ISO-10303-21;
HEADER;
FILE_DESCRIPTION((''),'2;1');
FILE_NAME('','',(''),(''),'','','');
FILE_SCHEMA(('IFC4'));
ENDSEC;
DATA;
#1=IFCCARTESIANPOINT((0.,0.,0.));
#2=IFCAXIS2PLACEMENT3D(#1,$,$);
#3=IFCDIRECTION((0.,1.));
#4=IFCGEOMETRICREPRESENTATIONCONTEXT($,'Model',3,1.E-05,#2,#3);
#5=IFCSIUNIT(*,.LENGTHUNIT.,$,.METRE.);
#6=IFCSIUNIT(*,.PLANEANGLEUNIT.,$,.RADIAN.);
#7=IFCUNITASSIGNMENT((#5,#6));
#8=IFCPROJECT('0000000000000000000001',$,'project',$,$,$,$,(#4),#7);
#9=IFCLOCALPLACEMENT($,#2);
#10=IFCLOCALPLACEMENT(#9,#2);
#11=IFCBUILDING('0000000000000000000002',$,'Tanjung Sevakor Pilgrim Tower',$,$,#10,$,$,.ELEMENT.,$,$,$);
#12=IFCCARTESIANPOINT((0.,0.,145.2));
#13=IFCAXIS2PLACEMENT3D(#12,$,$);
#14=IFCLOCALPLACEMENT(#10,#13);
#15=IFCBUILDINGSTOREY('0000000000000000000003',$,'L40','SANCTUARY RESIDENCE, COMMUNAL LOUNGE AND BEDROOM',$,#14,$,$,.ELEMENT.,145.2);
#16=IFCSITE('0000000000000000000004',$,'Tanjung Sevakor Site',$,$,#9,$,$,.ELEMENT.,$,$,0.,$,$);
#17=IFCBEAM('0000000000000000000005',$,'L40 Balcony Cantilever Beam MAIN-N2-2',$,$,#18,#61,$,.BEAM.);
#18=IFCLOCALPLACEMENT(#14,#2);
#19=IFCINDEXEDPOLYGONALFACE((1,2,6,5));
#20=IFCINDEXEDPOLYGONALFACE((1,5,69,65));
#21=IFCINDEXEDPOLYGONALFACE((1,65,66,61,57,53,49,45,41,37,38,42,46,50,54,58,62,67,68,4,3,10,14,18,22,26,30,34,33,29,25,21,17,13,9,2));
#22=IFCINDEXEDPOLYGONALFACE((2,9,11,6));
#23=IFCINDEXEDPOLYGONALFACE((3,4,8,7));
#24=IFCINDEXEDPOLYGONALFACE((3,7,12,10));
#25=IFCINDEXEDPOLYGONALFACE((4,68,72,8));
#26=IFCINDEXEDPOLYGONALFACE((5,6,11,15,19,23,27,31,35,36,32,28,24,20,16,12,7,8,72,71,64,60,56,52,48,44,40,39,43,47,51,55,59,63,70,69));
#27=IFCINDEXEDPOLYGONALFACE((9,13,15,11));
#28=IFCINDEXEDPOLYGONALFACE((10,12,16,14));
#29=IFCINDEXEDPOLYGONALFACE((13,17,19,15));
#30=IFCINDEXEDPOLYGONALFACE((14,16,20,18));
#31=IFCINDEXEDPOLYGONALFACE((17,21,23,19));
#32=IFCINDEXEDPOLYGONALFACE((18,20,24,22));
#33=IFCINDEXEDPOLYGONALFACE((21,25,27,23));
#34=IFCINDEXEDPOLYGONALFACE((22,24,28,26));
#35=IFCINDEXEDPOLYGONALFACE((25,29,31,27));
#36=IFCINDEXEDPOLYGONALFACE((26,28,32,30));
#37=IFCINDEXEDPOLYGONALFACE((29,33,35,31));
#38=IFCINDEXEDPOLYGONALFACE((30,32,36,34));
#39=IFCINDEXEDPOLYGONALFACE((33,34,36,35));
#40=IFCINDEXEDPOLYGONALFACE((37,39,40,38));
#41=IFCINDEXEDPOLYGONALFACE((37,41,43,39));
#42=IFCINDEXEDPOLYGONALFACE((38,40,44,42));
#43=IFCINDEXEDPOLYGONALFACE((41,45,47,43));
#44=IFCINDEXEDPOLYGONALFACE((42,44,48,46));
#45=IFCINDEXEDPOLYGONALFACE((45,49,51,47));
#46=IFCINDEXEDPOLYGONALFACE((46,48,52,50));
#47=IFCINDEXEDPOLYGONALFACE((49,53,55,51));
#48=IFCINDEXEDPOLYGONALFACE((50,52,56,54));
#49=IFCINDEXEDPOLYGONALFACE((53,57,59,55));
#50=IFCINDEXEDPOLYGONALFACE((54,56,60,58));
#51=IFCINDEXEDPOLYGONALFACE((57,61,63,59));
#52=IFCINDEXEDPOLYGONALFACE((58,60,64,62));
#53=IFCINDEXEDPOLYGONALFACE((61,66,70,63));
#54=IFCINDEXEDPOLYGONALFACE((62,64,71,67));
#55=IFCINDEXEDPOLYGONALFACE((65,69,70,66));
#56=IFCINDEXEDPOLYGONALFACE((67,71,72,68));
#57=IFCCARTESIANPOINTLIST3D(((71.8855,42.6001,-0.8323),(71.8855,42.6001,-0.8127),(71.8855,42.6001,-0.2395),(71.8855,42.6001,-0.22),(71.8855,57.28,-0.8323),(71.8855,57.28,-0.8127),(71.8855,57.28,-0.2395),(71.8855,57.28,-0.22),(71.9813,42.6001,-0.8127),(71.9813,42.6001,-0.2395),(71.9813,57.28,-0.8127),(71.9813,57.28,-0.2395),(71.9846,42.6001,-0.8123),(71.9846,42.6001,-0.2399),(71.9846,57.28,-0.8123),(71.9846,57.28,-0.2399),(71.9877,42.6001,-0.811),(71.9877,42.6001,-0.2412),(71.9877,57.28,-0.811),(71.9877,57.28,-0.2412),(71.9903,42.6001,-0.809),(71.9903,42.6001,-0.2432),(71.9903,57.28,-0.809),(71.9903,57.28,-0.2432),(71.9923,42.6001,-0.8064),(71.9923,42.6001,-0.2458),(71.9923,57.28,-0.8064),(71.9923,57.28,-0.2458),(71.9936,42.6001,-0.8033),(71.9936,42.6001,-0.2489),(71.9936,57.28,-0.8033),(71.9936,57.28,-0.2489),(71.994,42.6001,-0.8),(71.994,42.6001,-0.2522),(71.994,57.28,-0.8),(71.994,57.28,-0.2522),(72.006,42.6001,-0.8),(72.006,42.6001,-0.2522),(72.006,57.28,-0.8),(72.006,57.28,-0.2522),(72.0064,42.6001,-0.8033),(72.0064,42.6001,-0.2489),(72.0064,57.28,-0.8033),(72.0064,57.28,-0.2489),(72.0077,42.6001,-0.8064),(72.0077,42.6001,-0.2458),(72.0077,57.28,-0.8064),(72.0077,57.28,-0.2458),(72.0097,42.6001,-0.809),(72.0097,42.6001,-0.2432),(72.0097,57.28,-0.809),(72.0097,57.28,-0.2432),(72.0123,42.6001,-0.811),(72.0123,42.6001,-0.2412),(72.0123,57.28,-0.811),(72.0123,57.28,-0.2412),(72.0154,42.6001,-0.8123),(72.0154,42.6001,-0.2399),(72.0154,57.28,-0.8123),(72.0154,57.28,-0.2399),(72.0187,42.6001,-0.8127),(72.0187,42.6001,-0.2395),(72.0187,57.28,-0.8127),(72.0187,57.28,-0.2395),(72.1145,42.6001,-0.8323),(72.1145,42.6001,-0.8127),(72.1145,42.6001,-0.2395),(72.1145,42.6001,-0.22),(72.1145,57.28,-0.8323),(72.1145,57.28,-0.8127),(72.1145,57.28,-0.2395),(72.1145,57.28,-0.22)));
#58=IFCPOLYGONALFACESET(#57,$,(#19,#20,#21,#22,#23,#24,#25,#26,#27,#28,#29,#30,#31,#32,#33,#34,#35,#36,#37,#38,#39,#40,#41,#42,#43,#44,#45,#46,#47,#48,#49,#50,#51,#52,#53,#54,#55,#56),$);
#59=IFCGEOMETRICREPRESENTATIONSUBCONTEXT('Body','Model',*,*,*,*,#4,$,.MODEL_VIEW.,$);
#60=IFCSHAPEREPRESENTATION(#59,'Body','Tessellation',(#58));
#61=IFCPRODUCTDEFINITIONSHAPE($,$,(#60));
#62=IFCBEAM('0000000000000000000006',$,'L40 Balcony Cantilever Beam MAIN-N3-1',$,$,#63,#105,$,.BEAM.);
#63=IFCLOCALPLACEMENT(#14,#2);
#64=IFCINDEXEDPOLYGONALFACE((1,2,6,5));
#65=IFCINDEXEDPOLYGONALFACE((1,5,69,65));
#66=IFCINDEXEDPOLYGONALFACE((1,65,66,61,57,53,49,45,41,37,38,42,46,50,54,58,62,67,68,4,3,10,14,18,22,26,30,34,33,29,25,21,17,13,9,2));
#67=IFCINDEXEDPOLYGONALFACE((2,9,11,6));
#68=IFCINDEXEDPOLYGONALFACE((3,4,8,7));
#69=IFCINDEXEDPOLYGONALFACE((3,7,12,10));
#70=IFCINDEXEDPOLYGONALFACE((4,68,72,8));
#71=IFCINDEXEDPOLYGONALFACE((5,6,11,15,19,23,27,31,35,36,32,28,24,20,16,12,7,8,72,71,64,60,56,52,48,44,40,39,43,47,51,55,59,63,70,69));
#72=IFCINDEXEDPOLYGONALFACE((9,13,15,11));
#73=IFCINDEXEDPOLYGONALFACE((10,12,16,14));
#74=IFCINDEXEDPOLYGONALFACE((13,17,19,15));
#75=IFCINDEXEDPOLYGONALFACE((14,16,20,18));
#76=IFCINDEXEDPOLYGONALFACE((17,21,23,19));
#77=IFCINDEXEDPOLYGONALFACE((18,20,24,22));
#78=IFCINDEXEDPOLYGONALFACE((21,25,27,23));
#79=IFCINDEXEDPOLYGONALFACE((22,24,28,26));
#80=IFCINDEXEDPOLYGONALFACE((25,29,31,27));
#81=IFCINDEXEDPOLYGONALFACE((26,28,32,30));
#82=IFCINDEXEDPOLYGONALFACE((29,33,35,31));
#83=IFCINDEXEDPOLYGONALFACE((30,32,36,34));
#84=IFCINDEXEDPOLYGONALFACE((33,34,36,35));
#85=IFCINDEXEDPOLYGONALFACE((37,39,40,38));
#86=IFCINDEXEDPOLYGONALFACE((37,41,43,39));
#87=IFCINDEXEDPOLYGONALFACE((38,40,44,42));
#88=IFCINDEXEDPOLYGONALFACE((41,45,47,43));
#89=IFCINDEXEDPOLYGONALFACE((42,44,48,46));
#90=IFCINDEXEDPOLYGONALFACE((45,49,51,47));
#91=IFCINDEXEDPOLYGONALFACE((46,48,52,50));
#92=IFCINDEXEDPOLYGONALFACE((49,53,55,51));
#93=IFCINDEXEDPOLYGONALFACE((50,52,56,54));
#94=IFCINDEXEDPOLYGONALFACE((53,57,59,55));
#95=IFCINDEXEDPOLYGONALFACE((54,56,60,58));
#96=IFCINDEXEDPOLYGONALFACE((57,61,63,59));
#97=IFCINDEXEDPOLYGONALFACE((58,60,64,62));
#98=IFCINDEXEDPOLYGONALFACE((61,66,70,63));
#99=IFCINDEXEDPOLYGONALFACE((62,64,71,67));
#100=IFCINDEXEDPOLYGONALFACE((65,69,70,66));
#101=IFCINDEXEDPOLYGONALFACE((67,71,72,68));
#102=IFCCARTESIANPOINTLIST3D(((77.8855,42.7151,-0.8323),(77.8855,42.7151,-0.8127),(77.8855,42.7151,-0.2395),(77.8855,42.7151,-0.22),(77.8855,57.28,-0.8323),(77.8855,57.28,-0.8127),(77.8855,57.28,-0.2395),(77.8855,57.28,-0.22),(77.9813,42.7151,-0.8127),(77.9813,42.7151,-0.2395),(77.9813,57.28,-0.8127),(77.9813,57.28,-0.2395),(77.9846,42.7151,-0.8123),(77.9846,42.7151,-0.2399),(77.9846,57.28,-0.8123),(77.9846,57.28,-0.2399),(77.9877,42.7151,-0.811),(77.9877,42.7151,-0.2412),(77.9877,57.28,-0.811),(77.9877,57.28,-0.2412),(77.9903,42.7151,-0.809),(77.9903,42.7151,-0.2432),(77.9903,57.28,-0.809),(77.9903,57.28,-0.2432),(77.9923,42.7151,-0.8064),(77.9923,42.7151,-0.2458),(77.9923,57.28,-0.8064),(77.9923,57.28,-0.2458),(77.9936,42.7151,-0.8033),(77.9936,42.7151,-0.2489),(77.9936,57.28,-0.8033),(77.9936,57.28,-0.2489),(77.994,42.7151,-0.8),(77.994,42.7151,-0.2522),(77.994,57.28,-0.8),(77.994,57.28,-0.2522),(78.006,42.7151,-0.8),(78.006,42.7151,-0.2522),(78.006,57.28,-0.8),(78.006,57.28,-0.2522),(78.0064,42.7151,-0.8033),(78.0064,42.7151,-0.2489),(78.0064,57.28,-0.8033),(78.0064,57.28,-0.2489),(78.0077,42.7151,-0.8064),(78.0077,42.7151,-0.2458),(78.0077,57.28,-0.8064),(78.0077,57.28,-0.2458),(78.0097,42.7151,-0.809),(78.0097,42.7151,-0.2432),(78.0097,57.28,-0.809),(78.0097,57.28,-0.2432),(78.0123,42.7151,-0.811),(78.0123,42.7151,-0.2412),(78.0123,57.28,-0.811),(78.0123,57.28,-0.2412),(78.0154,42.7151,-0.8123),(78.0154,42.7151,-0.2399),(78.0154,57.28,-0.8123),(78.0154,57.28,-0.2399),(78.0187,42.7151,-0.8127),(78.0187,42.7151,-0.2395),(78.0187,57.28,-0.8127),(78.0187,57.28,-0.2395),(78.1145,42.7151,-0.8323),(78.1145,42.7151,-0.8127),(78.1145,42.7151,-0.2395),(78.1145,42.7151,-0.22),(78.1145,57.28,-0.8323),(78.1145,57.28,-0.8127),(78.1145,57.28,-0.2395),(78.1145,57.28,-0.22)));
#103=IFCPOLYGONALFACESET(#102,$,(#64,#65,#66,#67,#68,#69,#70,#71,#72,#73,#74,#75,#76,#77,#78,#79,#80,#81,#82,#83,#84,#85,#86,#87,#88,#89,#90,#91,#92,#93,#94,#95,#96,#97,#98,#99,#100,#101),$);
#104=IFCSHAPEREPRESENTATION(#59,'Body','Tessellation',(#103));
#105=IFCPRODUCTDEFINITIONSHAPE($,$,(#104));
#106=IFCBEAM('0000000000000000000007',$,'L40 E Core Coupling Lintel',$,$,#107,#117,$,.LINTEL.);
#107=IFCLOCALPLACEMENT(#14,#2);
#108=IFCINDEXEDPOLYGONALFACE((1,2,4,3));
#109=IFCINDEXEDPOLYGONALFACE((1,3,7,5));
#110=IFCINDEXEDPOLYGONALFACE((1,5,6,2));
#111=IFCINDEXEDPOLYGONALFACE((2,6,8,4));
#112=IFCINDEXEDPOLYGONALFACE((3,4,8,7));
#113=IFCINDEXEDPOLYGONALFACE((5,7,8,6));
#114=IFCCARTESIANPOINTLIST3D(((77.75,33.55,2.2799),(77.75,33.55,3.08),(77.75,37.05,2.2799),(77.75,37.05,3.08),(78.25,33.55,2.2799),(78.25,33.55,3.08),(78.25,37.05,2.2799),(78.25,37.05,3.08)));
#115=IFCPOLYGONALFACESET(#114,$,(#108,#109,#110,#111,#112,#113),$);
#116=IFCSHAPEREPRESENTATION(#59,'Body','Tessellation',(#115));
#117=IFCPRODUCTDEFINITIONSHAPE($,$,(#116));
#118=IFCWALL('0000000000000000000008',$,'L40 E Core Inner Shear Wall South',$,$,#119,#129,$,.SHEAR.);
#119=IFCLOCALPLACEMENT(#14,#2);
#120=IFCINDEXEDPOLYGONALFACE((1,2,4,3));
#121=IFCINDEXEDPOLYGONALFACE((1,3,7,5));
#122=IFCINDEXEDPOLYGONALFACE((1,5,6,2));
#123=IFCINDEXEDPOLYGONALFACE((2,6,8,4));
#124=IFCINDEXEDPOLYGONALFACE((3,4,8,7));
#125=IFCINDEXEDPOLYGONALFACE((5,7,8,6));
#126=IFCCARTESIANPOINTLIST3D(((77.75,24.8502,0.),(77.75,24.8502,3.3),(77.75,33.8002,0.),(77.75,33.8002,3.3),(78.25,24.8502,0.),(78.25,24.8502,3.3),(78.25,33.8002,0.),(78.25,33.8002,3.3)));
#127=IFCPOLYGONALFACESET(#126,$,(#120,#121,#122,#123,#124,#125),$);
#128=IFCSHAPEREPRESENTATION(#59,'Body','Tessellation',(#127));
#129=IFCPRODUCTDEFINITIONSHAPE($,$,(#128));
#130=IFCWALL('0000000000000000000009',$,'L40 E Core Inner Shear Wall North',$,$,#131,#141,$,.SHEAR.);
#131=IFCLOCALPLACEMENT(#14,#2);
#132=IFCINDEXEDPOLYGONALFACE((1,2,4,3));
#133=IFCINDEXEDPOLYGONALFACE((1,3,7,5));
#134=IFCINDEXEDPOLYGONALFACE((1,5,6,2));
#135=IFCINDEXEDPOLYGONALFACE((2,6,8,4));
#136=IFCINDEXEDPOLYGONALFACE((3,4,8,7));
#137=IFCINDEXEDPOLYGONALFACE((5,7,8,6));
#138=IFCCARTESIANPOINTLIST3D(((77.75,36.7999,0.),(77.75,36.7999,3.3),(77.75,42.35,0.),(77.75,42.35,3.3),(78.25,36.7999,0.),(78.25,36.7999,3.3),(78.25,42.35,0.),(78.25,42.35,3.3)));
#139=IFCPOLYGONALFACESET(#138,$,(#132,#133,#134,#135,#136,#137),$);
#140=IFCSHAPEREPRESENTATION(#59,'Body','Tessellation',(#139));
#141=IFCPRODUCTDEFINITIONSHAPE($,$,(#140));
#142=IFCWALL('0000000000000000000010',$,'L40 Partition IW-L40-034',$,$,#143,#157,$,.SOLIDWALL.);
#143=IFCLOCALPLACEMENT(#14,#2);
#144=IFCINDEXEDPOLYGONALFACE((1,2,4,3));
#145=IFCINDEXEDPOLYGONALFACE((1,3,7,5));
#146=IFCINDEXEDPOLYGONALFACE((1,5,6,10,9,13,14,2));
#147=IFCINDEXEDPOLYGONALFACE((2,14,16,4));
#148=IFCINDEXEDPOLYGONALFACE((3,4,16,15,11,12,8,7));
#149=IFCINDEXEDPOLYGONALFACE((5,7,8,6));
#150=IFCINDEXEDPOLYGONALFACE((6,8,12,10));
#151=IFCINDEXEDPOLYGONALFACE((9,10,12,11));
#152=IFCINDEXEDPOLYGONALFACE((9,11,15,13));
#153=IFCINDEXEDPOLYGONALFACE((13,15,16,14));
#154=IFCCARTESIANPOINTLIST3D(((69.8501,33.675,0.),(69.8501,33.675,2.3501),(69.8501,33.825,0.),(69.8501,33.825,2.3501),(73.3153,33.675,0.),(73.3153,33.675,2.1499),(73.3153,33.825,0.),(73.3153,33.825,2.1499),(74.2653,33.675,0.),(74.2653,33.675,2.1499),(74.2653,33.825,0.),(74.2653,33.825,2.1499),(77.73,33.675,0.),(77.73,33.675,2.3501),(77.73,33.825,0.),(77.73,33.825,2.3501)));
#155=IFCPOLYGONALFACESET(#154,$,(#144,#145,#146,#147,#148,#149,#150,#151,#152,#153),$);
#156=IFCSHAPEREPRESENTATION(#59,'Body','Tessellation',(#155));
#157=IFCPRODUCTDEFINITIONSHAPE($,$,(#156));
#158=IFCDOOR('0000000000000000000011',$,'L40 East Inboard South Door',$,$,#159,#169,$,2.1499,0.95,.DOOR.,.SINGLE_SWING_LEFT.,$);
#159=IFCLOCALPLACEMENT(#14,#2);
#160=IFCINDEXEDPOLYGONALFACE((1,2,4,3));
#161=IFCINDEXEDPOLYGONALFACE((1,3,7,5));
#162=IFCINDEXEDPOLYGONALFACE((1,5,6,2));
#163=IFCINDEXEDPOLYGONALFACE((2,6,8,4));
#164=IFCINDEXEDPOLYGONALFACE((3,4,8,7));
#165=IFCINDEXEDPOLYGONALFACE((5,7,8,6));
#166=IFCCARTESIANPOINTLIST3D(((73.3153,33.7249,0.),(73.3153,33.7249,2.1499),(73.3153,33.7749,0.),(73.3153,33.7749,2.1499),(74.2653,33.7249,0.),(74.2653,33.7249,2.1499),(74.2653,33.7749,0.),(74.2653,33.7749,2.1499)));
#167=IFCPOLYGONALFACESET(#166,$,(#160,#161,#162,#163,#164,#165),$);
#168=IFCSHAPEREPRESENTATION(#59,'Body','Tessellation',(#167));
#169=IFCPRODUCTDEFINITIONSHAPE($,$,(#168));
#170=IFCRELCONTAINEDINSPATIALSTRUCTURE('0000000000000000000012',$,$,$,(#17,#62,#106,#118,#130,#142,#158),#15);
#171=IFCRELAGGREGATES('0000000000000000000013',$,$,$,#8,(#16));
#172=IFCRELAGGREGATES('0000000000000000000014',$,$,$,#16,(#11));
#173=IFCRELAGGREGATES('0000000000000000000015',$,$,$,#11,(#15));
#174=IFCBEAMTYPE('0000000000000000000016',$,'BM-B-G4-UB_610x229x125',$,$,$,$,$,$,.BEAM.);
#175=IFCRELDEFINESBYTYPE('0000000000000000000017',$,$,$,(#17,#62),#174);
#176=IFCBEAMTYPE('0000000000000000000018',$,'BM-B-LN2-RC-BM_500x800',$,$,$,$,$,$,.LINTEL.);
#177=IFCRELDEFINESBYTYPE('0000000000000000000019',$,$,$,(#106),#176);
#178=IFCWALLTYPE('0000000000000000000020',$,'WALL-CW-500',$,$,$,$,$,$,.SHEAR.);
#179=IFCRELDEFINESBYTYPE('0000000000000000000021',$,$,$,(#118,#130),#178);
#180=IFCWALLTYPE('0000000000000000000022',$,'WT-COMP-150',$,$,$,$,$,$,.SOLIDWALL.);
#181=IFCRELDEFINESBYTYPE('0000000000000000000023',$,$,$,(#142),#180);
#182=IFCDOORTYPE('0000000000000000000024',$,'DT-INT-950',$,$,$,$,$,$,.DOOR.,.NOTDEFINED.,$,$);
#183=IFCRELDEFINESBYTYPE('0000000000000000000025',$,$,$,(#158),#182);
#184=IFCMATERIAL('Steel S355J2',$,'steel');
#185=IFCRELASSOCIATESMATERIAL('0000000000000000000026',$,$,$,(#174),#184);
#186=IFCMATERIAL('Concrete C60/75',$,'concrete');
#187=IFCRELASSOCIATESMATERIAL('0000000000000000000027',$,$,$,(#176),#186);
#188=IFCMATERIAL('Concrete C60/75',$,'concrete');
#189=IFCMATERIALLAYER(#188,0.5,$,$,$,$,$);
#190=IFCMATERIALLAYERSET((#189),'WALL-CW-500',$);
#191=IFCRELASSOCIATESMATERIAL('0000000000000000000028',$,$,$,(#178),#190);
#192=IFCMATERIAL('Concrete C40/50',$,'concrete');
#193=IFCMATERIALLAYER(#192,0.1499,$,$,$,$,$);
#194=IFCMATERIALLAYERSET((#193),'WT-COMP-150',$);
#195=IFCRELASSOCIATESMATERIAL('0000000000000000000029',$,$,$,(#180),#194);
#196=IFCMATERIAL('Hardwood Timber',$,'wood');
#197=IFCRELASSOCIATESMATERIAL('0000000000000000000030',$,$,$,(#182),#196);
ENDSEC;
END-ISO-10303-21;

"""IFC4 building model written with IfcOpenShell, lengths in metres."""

from ifc_helpers import new_model, si_unit, direction, frame, frame_2d, origin, origin_2d, place, context, subcontext, project, spatial, rectangle, i_section, extrude, material, layer, layer_set, material_profile, profile_set, type_object, element, fill, save


model = new_model("IFC4")

# Units and contexts
model_context = context("Model", 3, precision=1e-05, world=origin(), true_north=direction((0.0, 1.0)))
body_context = subcontext(model_context, "Body", "Model", "MODEL_VIEW")
ifc_project = project(units=[si_unit("LENGTHUNIT", "METRE"), si_unit("PLANEANGLEUNIT", "RADIAN")], contexts=[model_context])

# Site, building, storey
site_placement = place(None, origin())
site = spatial("IfcSite", under=ifc_project, at=site_placement, Name="Tanjung Sevakor Site", CompositionType="ELEMENT", RefElevation=0.0)
building_placement = place(site_placement, origin())
building = spatial("IfcBuilding", under=site, at=building_placement, Name="Tanjung Sevakor Pilgrim Tower", CompositionType="ELEMENT")
storey_placement = place(building_placement, frame((0.0, 0.0, 145.2)))
storey = spatial("IfcBuildingStorey", under=building, at=storey_placement, Name="L40", Description="SANCTUARY RESIDENCE, COMMUNAL LOUNGE AND BEDROOM", CompositionType="ELEMENT", Elevation=145.2)

# Beams
ifc_material_1 = material(Name="Steel S355J2", Category="steel")
ifc_material_profile_1 = material_profile(ifc_material_1, i_section(OverallWidth=0.229, OverallDepth=0.6123, WebThickness=0.012, FlangeThickness=0.0195, FilletRadius=0.0127, at=origin_2d()))
ifc_profile_set_1 = profile_set([ifc_material_profile_1], Name="Steel S355J2")
beam_type_1 = type_object("IfcBeamType", Name="BM-B-G4-UB_610x229x125", PredefinedType="BEAM", material=ifc_profile_set_1)
for number, where, z_axis, x_axis, name in (
    (1, (72.0, 42.6001, -0.5261), (0.0, 1.0, 0.0), (-1.0, 0.0, 0.0), "L40 Balcony Cantilever Beam MAIN-N2-2"),
):
    element("IfcBeam", number, at=place(storey_placement, frame(where, z_axis=z_axis, x_axis=x_axis)), inside=storey, type_object=beam_type_1, Name=name, PredefinedType="BEAM", context=body_context, shape_type="SweptSolid", body=[
        extrude(i_section(OverallWidth=0.229, OverallDepth=0.6123, WebThickness=0.012, FlangeThickness=0.0195, FilletRadius=0.0127, at=origin_2d()), origin(), (0.0, 0.0, 1.0), 14.6799),
    ])
beam_1_placement = place(storey_placement, frame((78.0, 42.7151, -0.5261), z_axis=(0.0, 1.0, 0.0), x_axis=(-1.0, 0.0, 0.0)))
element("IfcBeam", 2, at=beam_1_placement, inside=storey, type_object=beam_type_1, Name="L40 Balcony Cantilever Beam MAIN-N3-1", PredefinedType="BEAM", context=body_context, shape_type="SweptSolid", body=[
    extrude(i_section(OverallWidth=0.229, OverallDepth=0.6123, WebThickness=0.012, FlangeThickness=0.0195, FilletRadius=0.0127, at=origin_2d()), origin(), (0.0, 0.0, 1.0), 14.5649),
])
ifc_material_2 = material(Name="Concrete C60/75", Category="concrete")
ifc_material_profile_2 = material_profile(ifc_material_2, rectangle(XDim=0.5, YDim=0.8, at=origin_2d()))
ifc_profile_set_2 = profile_set([ifc_material_profile_2], Name="Concrete C60/75")
beam_type_2 = type_object("IfcBeamType", Name="BM-B-LN2-RC-BM_500x800", PredefinedType="LINTEL", material=ifc_profile_set_2)
beam_2_placement = place(storey_placement, frame((78.0, 33.55, 2.6799), z_axis=(0.0, 1.0, 0.0), x_axis=(-1.0, 0.0, 0.0)))
element("IfcBeam", 3, at=beam_2_placement, inside=storey, type_object=beam_type_2, Name="L40 E Core Coupling Lintel", PredefinedType="LINTEL", context=body_context, shape_type="SweptSolid", body=[
    extrude(rectangle(XDim=0.5, YDim=0.8, at=origin_2d()), origin(), (0.0, 0.0, 1.0), 3.5),
])

# Walls
ifc_material_3 = material(Name="Concrete C60/75", Category="concrete")
ifc_layer_1 = layer(ifc_material_3, 0.5)
ifc_layer_set_1 = layer_set([ifc_layer_1], Name="WALL-CW-500")
wall_type_1 = type_object("IfcWallType", Name="WALL-CW-500", PredefinedType="SHEAR", material=ifc_layer_set_1)
wall_1_placement = place(storey_placement, frame((78.0, 24.8501, 0.0), z_axis=(0.0, 0.0, 1.0), x_axis=(0.0, 1.0, 0.0)))
element("IfcWall", 4, at=wall_1_placement, inside=storey, type_object=wall_type_1, Name="L40 E Core Inner Shear Wall South", PredefinedType="SHEAR", context=body_context, shape_type="SweptSolid", body=[
    extrude(rectangle(XDim=8.95, YDim=0.5, at=frame_2d((4.4751, 0.0))), origin(), (0.0, 0.0, 1.0), 3.3),
])
wall_2_placement = place(storey_placement, frame((78.0, 36.8, 0.0), z_axis=(0.0, 0.0, 1.0), x_axis=(0.0, 1.0, 0.0)))
element("IfcWall", 5, at=wall_2_placement, inside=storey, type_object=wall_type_1, Name="L40 E Core Inner Shear Wall North", PredefinedType="SHEAR", context=body_context, shape_type="SweptSolid", body=[
    extrude(rectangle(XDim=5.55, YDim=0.5, at=frame_2d((2.7749, 0.0))), origin(), (0.0, 0.0, 1.0), 3.3),
])

# Wall, opening, door
ifc_material_4 = material(Name="Concrete C40/50", Category="concrete")
ifc_layer_2 = layer(ifc_material_4, 0.1499)
ifc_layer_set_2 = layer_set([ifc_layer_2], Name="WT-COMP-150")
wall_type_2 = type_object("IfcWallType", Name="WT-COMP-150", PredefinedType="SOLIDWALL", material=ifc_layer_set_2)
wall_3_placement = place(storey_placement, frame((69.8501, 33.75, 0.0), z_axis=(0.0, 0.0, 1.0), x_axis=(1.0, 0.0, 0.0)))
wall_3 = element("IfcWall", 6, at=wall_3_placement, inside=storey, type_object=wall_type_2, Name="L40 Partition IW-L40-034", PredefinedType="SOLIDWALL", context=body_context, shape_type="SweptSolid", body=[
    extrude(rectangle(XDim=7.8799, YDim=0.1499, at=frame_2d((3.9399, 0.0))), origin(), (0.0, 0.0, 1.0), 2.3501),
])
opening_1_placement = place(wall_3_placement, frame((3.4651, 0.0, 0.0)))
opening_1 = element("IfcOpeningElement", 7, at=opening_1_placement, cuts=wall_3, PredefinedType="OPENING", context=body_context, shape_type="SweptSolid", body=[
    extrude(rectangle(XDim=0.95, YDim=2.1499, at=frame_2d((0.4751, 1.075))), frame((0.0, 0.085, 0.0), z_axis=(0.0, -1.0, 0.0), x_axis=(1.0, 0.0, 0.0)), (0.0, 0.0, 1.0), 0.1699),
])
ifc_material_5 = material(Name="Hardwood Timber", Category="wood")
door_type_1 = type_object("IfcDoorType", Name="DT-INT-950", OperationType="NOTDEFINED", PredefinedType="DOOR", material=ifc_material_5)
door_1_placement = place(opening_1_placement, origin())
door_1 = element("IfcDoor", 8, at=door_1_placement, inside=storey, type_object=door_type_1, Name="L40 East Inboard South Door", OperationType="SINGLE_SWING_LEFT", OverallHeight=2.1499, OverallWidth=0.95, PredefinedType="DOOR", context=body_context, shape_type="SweptSolid", body=[
    extrude(rectangle(XDim=0.95, YDim=2.1499, at=frame_2d((0.4751, 1.075))), frame((0.0, 0.0249, 0.0), z_axis=(0.0, -1.0, 0.0), x_axis=(1.0, 0.0, 0.0)), (0.0, 0.0, 1.0), 0.05),
])
fill(opening_1, door_1)

save(model, "model.ifc")
